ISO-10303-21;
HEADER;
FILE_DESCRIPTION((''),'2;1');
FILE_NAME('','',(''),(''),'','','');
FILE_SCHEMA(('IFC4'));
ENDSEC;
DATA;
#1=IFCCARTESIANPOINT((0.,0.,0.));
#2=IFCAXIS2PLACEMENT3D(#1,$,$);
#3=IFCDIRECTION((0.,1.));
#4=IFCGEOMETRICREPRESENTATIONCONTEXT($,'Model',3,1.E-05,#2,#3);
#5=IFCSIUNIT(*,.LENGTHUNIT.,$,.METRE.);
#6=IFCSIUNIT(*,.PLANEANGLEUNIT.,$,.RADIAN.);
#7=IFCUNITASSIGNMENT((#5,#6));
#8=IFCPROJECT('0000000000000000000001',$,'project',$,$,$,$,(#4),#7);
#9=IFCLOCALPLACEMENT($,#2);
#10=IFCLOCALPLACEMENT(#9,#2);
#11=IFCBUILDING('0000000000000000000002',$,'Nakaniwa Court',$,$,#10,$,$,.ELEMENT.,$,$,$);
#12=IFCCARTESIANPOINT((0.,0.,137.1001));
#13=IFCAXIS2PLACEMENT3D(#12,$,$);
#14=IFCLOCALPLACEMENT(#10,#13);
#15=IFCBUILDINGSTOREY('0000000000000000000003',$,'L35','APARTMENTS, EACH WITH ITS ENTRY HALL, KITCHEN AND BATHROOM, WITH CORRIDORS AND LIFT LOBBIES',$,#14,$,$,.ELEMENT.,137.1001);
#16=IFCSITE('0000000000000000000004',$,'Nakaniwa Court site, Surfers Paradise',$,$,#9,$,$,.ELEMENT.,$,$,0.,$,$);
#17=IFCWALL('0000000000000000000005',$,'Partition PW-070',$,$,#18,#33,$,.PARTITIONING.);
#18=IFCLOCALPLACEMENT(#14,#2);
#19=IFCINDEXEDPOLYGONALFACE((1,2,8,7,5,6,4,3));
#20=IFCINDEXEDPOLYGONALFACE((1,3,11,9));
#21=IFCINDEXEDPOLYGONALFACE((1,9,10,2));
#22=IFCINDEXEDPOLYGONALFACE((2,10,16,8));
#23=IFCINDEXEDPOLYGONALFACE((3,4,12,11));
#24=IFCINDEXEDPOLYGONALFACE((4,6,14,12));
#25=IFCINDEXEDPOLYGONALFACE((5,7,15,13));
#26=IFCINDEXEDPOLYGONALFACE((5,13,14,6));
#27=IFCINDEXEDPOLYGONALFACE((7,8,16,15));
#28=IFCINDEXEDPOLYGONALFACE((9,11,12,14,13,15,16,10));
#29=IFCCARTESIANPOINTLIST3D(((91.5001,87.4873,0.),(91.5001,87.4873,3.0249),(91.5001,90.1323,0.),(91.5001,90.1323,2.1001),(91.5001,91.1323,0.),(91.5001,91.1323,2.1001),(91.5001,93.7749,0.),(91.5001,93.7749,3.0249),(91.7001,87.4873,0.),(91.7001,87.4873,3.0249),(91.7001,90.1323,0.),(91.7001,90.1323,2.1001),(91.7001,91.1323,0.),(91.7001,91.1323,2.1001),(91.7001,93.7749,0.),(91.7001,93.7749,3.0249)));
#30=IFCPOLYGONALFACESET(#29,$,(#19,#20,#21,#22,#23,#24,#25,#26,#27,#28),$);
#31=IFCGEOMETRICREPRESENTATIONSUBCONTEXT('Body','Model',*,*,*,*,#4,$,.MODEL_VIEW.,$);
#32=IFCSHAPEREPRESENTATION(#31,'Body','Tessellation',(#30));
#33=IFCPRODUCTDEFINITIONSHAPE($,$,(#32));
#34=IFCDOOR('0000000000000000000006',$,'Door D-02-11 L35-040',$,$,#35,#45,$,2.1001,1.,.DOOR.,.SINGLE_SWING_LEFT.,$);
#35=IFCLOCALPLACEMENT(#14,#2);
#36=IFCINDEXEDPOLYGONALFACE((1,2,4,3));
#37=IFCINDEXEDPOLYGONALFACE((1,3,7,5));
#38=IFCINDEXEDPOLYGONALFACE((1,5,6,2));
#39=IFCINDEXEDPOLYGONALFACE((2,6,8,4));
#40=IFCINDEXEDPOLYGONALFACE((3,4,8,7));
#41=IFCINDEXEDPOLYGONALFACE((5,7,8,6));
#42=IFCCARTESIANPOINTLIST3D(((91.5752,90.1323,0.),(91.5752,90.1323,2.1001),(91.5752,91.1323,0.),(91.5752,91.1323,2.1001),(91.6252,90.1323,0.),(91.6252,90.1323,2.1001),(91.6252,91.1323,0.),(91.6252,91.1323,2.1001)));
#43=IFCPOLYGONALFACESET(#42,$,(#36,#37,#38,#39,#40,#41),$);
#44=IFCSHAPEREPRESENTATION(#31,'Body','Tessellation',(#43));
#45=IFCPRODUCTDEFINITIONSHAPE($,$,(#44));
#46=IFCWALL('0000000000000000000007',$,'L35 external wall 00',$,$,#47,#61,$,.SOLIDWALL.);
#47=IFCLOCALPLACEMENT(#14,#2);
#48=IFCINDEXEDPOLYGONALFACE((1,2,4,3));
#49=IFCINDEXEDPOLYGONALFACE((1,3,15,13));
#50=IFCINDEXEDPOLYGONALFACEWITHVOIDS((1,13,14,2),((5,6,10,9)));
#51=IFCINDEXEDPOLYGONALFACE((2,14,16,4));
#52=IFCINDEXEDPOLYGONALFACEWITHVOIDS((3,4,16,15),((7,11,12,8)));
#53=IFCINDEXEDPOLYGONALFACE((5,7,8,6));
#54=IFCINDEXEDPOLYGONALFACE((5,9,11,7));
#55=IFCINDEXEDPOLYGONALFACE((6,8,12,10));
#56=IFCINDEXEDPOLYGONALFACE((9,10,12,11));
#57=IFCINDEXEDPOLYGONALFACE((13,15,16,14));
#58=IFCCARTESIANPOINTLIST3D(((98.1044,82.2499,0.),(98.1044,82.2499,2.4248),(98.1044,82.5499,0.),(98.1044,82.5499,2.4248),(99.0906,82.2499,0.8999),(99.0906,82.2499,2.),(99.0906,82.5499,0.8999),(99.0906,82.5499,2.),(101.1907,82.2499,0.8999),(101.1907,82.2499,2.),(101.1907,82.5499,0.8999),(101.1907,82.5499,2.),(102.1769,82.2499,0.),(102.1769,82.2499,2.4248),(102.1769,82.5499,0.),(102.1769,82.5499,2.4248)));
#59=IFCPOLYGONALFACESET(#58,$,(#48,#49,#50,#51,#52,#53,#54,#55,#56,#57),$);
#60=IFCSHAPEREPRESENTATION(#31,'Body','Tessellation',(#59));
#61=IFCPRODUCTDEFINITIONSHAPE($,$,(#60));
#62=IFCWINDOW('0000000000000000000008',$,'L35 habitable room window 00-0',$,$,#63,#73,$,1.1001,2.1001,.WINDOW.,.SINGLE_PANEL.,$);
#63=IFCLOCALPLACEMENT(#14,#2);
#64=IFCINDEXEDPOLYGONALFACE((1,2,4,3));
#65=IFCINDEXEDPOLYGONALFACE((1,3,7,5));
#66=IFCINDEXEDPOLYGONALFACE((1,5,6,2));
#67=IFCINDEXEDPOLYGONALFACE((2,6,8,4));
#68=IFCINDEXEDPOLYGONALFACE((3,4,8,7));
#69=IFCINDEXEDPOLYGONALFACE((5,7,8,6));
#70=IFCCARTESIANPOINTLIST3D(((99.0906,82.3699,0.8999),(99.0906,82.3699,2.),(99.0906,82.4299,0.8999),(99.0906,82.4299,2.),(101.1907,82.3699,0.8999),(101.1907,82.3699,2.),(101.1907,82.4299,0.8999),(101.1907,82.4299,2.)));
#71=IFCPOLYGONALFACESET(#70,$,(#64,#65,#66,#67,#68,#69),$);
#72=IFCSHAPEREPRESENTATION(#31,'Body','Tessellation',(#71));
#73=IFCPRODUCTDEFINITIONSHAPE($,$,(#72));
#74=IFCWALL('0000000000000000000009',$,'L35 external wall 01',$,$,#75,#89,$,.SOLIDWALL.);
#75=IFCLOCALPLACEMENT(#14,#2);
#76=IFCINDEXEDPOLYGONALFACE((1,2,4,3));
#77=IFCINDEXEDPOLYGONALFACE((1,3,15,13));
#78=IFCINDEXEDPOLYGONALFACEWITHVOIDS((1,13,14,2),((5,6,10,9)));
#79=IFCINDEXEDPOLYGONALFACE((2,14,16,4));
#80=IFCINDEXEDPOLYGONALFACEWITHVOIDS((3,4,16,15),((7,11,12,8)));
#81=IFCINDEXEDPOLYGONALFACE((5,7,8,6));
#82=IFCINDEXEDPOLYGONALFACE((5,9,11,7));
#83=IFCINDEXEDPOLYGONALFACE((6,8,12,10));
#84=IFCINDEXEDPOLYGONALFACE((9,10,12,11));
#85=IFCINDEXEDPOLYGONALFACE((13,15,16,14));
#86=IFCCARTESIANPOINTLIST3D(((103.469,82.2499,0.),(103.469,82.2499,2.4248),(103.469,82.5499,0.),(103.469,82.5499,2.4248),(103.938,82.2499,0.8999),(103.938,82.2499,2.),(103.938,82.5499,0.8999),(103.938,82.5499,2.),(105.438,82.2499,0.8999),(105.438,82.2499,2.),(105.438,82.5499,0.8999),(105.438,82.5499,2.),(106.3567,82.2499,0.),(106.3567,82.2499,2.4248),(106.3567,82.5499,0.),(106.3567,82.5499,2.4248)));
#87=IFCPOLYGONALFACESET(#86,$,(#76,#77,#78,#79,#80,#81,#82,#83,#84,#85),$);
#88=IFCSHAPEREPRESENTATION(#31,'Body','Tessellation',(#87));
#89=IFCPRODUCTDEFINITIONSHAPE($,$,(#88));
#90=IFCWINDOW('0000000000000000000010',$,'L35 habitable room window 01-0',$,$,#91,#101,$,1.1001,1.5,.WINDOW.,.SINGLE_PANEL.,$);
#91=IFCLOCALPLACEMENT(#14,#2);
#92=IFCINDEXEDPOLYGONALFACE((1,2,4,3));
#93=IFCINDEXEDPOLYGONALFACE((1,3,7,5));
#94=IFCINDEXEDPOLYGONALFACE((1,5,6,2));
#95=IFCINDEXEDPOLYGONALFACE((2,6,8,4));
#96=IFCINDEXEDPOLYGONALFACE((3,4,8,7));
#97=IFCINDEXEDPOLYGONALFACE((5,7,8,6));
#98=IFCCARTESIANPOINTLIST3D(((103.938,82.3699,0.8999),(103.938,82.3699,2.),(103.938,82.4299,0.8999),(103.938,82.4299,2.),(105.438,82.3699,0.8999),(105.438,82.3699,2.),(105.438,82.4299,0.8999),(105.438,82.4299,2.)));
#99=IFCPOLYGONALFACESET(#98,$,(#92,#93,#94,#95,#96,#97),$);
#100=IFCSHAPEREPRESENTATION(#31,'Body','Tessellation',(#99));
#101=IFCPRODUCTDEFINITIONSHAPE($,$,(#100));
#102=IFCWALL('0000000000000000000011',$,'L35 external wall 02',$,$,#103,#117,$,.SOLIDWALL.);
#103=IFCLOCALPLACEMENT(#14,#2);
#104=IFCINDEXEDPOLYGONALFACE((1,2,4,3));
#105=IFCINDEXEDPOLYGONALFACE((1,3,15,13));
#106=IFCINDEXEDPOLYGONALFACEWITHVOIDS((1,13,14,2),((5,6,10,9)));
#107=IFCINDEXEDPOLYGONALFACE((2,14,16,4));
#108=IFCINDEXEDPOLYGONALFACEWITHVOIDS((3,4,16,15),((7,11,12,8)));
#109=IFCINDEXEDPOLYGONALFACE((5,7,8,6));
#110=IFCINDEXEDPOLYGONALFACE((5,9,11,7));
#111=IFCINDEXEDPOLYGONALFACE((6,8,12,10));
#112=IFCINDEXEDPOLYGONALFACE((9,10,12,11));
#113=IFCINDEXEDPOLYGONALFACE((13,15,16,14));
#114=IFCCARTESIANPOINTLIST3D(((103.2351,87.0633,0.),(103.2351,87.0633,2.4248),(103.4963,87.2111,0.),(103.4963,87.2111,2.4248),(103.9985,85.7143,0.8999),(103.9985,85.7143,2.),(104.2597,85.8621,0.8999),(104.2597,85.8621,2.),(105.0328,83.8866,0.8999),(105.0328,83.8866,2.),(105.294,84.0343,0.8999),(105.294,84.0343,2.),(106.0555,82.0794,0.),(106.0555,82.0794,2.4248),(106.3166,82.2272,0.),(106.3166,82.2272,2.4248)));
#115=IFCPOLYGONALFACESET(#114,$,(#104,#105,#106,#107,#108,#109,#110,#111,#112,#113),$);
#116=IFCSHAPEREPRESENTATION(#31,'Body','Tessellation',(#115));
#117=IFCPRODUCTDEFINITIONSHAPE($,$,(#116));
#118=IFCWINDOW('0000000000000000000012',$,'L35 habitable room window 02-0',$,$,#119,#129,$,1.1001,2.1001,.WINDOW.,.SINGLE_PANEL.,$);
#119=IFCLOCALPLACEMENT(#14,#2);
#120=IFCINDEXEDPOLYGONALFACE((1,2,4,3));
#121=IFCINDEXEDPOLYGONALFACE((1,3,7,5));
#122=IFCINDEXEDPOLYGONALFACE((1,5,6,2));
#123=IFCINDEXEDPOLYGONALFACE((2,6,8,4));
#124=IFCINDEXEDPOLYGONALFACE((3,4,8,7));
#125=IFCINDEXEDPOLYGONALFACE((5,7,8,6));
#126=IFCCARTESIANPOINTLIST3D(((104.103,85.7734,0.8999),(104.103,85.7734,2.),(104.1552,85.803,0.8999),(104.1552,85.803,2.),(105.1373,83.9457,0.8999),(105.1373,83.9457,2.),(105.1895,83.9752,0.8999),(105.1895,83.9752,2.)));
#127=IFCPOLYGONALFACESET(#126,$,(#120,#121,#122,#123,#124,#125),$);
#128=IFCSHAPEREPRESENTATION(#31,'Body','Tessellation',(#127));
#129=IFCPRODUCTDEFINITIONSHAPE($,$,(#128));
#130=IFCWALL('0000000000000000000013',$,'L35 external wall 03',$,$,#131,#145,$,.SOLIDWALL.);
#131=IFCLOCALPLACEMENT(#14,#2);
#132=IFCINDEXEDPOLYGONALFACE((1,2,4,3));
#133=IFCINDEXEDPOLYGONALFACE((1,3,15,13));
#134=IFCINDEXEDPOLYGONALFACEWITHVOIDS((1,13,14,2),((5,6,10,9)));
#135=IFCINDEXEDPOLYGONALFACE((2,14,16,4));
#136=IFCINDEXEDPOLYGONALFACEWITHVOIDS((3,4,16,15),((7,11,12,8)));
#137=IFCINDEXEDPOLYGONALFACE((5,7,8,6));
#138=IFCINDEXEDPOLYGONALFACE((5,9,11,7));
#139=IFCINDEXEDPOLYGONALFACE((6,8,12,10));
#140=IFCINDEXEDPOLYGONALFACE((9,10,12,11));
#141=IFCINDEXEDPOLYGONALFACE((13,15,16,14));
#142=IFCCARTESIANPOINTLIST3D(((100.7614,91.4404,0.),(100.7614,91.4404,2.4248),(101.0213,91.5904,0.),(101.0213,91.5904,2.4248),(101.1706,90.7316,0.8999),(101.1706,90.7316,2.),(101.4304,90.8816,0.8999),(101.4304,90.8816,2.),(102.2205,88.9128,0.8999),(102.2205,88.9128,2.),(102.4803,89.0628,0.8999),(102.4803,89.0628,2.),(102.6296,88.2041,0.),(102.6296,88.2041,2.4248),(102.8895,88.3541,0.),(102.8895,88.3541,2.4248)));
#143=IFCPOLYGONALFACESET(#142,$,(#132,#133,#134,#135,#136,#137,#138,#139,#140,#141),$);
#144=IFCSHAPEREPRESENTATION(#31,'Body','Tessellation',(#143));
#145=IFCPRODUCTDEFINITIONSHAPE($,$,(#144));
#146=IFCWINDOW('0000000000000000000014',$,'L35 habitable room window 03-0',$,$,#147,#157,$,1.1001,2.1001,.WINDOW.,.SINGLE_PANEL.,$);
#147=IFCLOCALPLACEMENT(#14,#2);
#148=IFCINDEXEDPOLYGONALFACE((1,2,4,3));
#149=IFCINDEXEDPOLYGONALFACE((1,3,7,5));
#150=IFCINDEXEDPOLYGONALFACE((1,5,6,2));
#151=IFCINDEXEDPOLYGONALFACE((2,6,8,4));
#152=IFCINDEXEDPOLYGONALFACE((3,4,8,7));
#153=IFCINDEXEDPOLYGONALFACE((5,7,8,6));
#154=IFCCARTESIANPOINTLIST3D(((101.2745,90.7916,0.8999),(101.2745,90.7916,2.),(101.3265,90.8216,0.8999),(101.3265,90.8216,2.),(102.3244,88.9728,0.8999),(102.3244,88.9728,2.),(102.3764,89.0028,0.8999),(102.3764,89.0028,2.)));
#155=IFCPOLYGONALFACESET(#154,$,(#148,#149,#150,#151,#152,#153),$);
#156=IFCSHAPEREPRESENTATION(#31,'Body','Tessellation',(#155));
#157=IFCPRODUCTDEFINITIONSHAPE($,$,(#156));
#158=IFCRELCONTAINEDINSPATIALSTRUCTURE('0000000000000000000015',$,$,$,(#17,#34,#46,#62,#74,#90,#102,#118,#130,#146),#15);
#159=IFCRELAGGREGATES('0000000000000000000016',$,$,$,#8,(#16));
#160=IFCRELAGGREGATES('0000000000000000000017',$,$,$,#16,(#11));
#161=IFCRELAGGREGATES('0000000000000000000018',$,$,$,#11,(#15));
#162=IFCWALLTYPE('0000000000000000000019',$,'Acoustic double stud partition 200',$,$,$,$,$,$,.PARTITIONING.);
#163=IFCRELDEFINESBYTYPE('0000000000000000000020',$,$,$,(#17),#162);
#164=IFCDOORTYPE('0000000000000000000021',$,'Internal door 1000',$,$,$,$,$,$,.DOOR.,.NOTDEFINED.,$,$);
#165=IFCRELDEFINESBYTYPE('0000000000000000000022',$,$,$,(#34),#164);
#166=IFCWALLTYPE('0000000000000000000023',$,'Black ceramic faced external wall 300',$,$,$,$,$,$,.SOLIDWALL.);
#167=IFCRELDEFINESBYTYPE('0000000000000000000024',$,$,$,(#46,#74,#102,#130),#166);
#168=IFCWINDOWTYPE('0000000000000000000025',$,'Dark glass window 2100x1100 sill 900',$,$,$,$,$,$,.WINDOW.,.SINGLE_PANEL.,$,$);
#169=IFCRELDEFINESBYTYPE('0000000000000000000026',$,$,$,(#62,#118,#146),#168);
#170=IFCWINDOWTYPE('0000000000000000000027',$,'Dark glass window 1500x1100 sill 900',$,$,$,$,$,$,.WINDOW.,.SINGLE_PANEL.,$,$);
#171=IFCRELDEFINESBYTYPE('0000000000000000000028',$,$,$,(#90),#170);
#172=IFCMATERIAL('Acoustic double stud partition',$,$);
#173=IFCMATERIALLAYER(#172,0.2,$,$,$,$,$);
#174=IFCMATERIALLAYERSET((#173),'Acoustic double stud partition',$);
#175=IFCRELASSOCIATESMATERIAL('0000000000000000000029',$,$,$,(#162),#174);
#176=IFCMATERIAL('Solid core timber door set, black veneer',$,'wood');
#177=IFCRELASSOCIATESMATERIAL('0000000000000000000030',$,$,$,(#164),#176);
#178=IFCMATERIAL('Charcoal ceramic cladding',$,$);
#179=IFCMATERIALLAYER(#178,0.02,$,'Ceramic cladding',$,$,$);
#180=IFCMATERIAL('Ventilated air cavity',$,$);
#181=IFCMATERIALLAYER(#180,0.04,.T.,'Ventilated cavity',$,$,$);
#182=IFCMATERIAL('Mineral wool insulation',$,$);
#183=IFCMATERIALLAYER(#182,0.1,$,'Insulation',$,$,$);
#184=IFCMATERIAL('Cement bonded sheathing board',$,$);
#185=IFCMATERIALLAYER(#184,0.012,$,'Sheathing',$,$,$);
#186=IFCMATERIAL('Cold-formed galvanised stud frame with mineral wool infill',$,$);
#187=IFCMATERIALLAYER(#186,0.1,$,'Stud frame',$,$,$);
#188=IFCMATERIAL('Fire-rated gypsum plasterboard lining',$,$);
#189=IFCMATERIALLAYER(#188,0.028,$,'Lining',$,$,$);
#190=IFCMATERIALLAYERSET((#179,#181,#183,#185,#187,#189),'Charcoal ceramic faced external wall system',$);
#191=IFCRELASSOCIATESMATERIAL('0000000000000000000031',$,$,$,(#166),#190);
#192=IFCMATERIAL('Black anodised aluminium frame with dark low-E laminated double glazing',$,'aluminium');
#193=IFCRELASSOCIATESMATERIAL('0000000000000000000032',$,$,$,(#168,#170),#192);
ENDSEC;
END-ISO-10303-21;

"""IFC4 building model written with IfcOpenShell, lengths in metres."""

from ifc_helpers import new_model, si_unit, direction, frame, frame_2d, origin, place, context, subcontext, project, spatial, rectangle, extrude, material, layer, layer_set, type_object, element, fill, save


model = new_model("IFC4")

# Units and contexts
model_context = context("Model", 3, precision=1e-05, world=origin(), true_north=direction((0.0, 1.0)))
body_context = subcontext(model_context, "Body", "Model", "MODEL_VIEW")
ifc_project = project(units=[si_unit("LENGTHUNIT", "METRE"), si_unit("PLANEANGLEUNIT", "RADIAN")], contexts=[model_context])

# Site, building, storey
site_placement = place(None, origin())
site = spatial("IfcSite", under=ifc_project, at=site_placement, Name="Nakaniwa Court site, Surfers Paradise", CompositionType="ELEMENT", RefElevation=0.0)
building_placement = place(site_placement, origin())
building = spatial("IfcBuilding", under=site, at=building_placement, Name="Nakaniwa Court", CompositionType="ELEMENT")
storey_placement = place(building_placement, frame((0.0, 0.0, 137.1001)))
storey = spatial("IfcBuildingStorey", under=building, at=storey_placement, Name="L35", Description="APARTMENTS, EACH WITH ITS ENTRY HALL, KITCHEN AND BATHROOM, WITH CORRIDORS AND LIFT LOBBIES", CompositionType="ELEMENT", Elevation=137.1001)

# Wall, opening, door
ifc_material_1 = material(Name="Acoustic double stud partition")
ifc_layer_1 = layer(ifc_material_1, 0.2)
ifc_layer_set_1 = layer_set([ifc_layer_1], Name="Acoustic double stud partition")
wall_type_1 = type_object("IfcWallType", Name="Acoustic double stud partition 200", PredefinedType="PARTITIONING", material=ifc_layer_set_1)
wall_1_placement = place(storey_placement, frame((91.6001, 87.4873, 0.0), z_axis=(0.0, 0.0, 1.0), x_axis=(0.0, 1.0, 0.0)))
wall_1 = element("IfcWall", 1, at=wall_1_placement, inside=storey, type_object=wall_type_1, Name="Partition PW-070", PredefinedType="PARTITIONING", context=body_context, shape_type="SweptSolid", body=[
    extrude(rectangle(XDim=6.2876, YDim=0.2, at=frame_2d((3.1438, 0.0))), origin(), (0.0, 0.0, 1.0), 3.0249),
])
opening_1_placement = place(wall_1_placement, frame((2.645, 0.0, 0.0)))
opening_1 = element("IfcOpeningElement", 2, at=opening_1_placement, cuts=wall_1, PredefinedType="OPENING", context=body_context, shape_type="SweptSolid", body=[
    extrude(rectangle(XDim=1.0, YDim=2.1001, at=frame_2d((0.5, 1.05))), frame((0.0, 0.1099, 0.0), z_axis=(0.0, -1.0, 0.0), x_axis=(1.0, 0.0, 0.0)), (0.0, 0.0, 1.0), 0.22),
])
ifc_material_2 = material(Name="Solid core timber door set, black veneer", Category="wood")
door_type = type_object("IfcDoorType", Name="Internal door 1000", OperationType="NOTDEFINED", PredefinedType="DOOR", material=ifc_material_2)
door_placement = place(opening_1_placement, origin())
door = element("IfcDoor", 3, at=door_placement, inside=storey, type_object=door_type, Name="Door D-02-11 L35-040", OperationType="SINGLE_SWING_LEFT", OverallHeight=2.1001, OverallWidth=1.0, PredefinedType="DOOR", context=body_context, shape_type="SweptSolid", body=[
    extrude(rectangle(XDim=1.0, YDim=2.1001, at=frame_2d((0.5, 1.05))), frame((0.0, 0.0249, 0.0), z_axis=(0.0, -1.0, 0.0), x_axis=(1.0, 0.0, 0.0)), (0.0, 0.0, 1.0), 0.05),
])
fill(opening_1, door)

# Walls, openings, windows
ifc_material_3 = material(Name="Charcoal ceramic cladding")
ifc_layer_2 = layer(ifc_material_3, 0.02, Name="Ceramic cladding")
ifc_material_4 = material(Name="Ventilated air cavity")
ifc_layer_3 = layer(ifc_material_4, 0.04, ventilated=True, Name="Ventilated cavity")
ifc_material_5 = material(Name="Mineral wool insulation")
ifc_layer_4 = layer(ifc_material_5, 0.1, Name="Insulation")
ifc_material_6 = material(Name="Cement bonded sheathing board")
ifc_layer_5 = layer(ifc_material_6, 0.012, Name="Sheathing")
ifc_material_7 = material(Name="Cold-formed galvanised stud frame with mineral wool infill")
ifc_layer_6 = layer(ifc_material_7, 0.1, Name="Stud frame")
ifc_material_8 = material(Name="Fire-rated gypsum plasterboard lining")
ifc_layer_7 = layer(ifc_material_8, 0.028, Name="Lining")
ifc_layer_set_2 = layer_set([ifc_layer_2, ifc_layer_3, ifc_layer_4, ifc_layer_5, ifc_layer_6, ifc_layer_7], Name="Charcoal ceramic faced external wall system")
wall_type_2 = type_object("IfcWallType", Name="Black ceramic faced external wall 300", PredefinedType="SOLIDWALL", material=ifc_layer_set_2)
wall_2_placement = place(storey_placement, frame((98.1045, 82.3999, 0.0), z_axis=(0.0, 0.0, 1.0), x_axis=(1.0, 0.0, 0.0)))
wall_2 = element("IfcWall", 4, at=wall_2_placement, inside=storey, type_object=wall_type_2, Name="L35 external wall 00", PredefinedType="SOLIDWALL", context=body_context, shape_type="SweptSolid", body=[
    extrude(rectangle(XDim=4.0725, YDim=0.3, at=frame_2d((2.0361, 0.0))), origin(), (0.0, 0.0, 1.0), 2.4248),
])
opening_2_placement = place(wall_2_placement, frame((0.9861, 0.0, 0.8999)))
opening_2 = element("IfcOpeningElement", 5, at=opening_2_placement, cuts=wall_2, PredefinedType="OPENING", context=body_context, shape_type="SweptSolid", body=[
    extrude(rectangle(XDim=2.1001, YDim=1.1001, at=frame_2d((1.05, 0.55))), frame((0.0, 0.1599, 0.0), z_axis=(0.0, -1.0, 0.0), x_axis=(1.0, 0.0, 0.0)), (0.0, 0.0, 1.0), 0.3201),
])
ifc_material_9 = material(Name="Black anodised aluminium frame with dark low-E laminated double glazing", Category="aluminium")
window_type_1 = type_object("IfcWindowType", Name="Dark glass window 2100x1100 sill 900", PartitioningType="SINGLE_PANEL", PredefinedType="WINDOW", material=ifc_material_9)
window_1_placement = place(opening_2_placement, origin())
window_1 = element("IfcWindow", 6, at=window_1_placement, inside=storey, type_object=window_type_1, Name="L35 habitable room window 00-0", OverallHeight=1.1001, OverallWidth=2.1001, PartitioningType="SINGLE_PANEL", PredefinedType="WINDOW", context=body_context, shape_type="SweptSolid", body=[
    extrude(rectangle(XDim=2.1001, YDim=1.1001, at=frame_2d((1.05, 0.55))), frame((0.0, 0.03, 0.0), z_axis=(0.0, -1.0, 0.0), x_axis=(1.0, 0.0, 0.0)), (0.0, 0.0, 1.0), 0.0601),
])
fill(opening_2, window_1)
wall_3_placement = place(storey_placement, frame((103.469, 82.3999, 0.0), z_axis=(0.0, 0.0, 1.0), x_axis=(1.0, 0.0, 0.0)))
wall_3 = element("IfcWall", 7, at=wall_3_placement, inside=storey, type_object=wall_type_2, Name="L35 external wall 01", PredefinedType="SOLIDWALL", context=body_context, shape_type="SweptSolid", body=[
    extrude(rectangle(XDim=2.8877, YDim=0.3, at=frame_2d((1.4438, 0.0))), origin(), (0.0, 0.0, 1.0), 2.4248),
])
opening_3_placement = place(wall_3_placement, frame((0.469, 0.0, 0.8999)))
opening_3 = element("IfcOpeningElement", 8, at=opening_3_placement, cuts=wall_3, PredefinedType="OPENING", context=body_context, shape_type="SweptSolid", body=[
    extrude(rectangle(XDim=1.5, YDim=1.1001, at=frame_2d((0.75, 0.55))), frame((0.0, 0.1599, 0.0), z_axis=(0.0, -1.0, 0.0), x_axis=(1.0, 0.0, 0.0)), (0.0, 0.0, 1.0), 0.3201),
])
window_type_2 = type_object("IfcWindowType", Name="Dark glass window 1500x1100 sill 900", PartitioningType="SINGLE_PANEL", PredefinedType="WINDOW", material=ifc_material_9)
window_2_placement = place(opening_3_placement, origin())
window_2 = element("IfcWindow", 9, at=window_2_placement, inside=storey, type_object=window_type_2, Name="L35 habitable room window 01-0", OverallHeight=1.1001, OverallWidth=1.5, PartitioningType="SINGLE_PANEL", PredefinedType="WINDOW", context=body_context, shape_type="SweptSolid", body=[
    extrude(rectangle(XDim=1.5, YDim=1.1001, at=frame_2d((0.75, 0.55))), frame((0.0, 0.03, 0.0), z_axis=(0.0, -1.0, 0.0), x_axis=(1.0, 0.0, 0.0)), (0.0, 0.0, 1.0), 0.0601),
])
fill(opening_3, window_2)
wall_4_placement = place(storey_placement, frame((106.186, 82.1533, 0.0), z_axis=(0.0, 0.0, 1.0), x_axis=(-0.492498, 0.870313, 0.0)))
wall_4 = element("IfcWall", 10, at=wall_4_placement, inside=storey, type_object=wall_type_2, Name="L35 external wall 02", PredefinedType="SOLIDWALL", context=body_context, shape_type="SweptSolid", body=[
    extrude(rectangle(XDim=5.7266, YDim=0.3, at=frame_2d((2.8633, 0.0))), origin(), (0.0, 0.0, 1.0), 2.4248),
])
opening_4_placement = place(wall_4_placement, frame((2.0764, 0.0, 0.8999)))
opening_4 = element("IfcOpeningElement", 11, at=opening_4_placement, cuts=wall_4, PredefinedType="OPENING", context=body_context, shape_type="SweptSolid", body=[
    extrude(rectangle(XDim=2.1001, YDim=1.1001, at=frame_2d((1.05, 0.55))), frame((0.0, 0.1599, 0.0), z_axis=(0.0, -1.0, 0.0), x_axis=(1.0, 0.0, 0.0)), (0.0, 0.0, 1.0), 0.3201),
])
window_3_placement = place(opening_4_placement, origin())
window_3 = element("IfcWindow", 12, at=window_3_placement, inside=storey, type_object=window_type_1, Name="L35 habitable room window 02-0", OverallHeight=1.1001, OverallWidth=2.1001, PartitioningType="SINGLE_PANEL", PredefinedType="WINDOW", context=body_context, shape_type="SweptSolid", body=[
    extrude(rectangle(XDim=2.1001, YDim=1.1001, at=frame_2d((1.05, 0.55))), frame((0.0, 0.03, 0.0), z_axis=(0.0, -1.0, 0.0), x_axis=(1.0, 0.0, 0.0)), (0.0, 0.0, 1.0), 0.0601),
])
fill(opening_4, window_3)
wall_5_placement = place(storey_placement, frame((102.7595, 88.2791, 0.0), z_axis=(0.0, 0.0, 1.0), x_axis=(-0.499934, 0.866064, 0.0)))
wall_5 = element("IfcWall", 13, at=wall_5_placement, inside=storey, type_object=wall_type_2, Name="L35 external wall 03", PredefinedType="SOLIDWALL", context=body_context, shape_type="SweptSolid", body=[
    extrude(rectangle(XDim=3.7368, YDim=0.3, at=frame_2d((1.8684, 0.0))), origin(), (0.0, 0.0, 1.0), 2.4248),
])
opening_5_placement = place(wall_5_placement, frame((0.8184, 0.0, 0.8999)))
opening_5 = element("IfcOpeningElement", 14, at=opening_5_placement, cuts=wall_5, PredefinedType="OPENING", context=body_context, shape_type="SweptSolid", body=[
    extrude(rectangle(XDim=2.1001, YDim=1.1001, at=frame_2d((1.05, 0.55))), frame((0.0, 0.1599, 0.0), z_axis=(0.0, -1.0, 0.0), x_axis=(1.0, 0.0, 0.0)), (0.0, 0.0, 1.0), 0.3201),
])
window_4_placement = place(opening_5_placement, origin())
window_4 = element("IfcWindow", 15, at=window_4_placement, inside=storey, type_object=window_type_1, Name="L35 habitable room window 03-0", OverallHeight=1.1001, OverallWidth=2.1001, PartitioningType="SINGLE_PANEL", PredefinedType="WINDOW", context=body_context, shape_type="SweptSolid", body=[
    extrude(rectangle(XDim=2.1001, YDim=1.1001, at=frame_2d((1.05, 0.55))), frame((0.0, 0.03, 0.0), z_axis=(0.0, -1.0, 0.0), x_axis=(1.0, 0.0, 0.0)), (0.0, 0.0, 1.0), 0.0601),
])
fill(opening_5, window_4)

save(model, "model.ifc")
